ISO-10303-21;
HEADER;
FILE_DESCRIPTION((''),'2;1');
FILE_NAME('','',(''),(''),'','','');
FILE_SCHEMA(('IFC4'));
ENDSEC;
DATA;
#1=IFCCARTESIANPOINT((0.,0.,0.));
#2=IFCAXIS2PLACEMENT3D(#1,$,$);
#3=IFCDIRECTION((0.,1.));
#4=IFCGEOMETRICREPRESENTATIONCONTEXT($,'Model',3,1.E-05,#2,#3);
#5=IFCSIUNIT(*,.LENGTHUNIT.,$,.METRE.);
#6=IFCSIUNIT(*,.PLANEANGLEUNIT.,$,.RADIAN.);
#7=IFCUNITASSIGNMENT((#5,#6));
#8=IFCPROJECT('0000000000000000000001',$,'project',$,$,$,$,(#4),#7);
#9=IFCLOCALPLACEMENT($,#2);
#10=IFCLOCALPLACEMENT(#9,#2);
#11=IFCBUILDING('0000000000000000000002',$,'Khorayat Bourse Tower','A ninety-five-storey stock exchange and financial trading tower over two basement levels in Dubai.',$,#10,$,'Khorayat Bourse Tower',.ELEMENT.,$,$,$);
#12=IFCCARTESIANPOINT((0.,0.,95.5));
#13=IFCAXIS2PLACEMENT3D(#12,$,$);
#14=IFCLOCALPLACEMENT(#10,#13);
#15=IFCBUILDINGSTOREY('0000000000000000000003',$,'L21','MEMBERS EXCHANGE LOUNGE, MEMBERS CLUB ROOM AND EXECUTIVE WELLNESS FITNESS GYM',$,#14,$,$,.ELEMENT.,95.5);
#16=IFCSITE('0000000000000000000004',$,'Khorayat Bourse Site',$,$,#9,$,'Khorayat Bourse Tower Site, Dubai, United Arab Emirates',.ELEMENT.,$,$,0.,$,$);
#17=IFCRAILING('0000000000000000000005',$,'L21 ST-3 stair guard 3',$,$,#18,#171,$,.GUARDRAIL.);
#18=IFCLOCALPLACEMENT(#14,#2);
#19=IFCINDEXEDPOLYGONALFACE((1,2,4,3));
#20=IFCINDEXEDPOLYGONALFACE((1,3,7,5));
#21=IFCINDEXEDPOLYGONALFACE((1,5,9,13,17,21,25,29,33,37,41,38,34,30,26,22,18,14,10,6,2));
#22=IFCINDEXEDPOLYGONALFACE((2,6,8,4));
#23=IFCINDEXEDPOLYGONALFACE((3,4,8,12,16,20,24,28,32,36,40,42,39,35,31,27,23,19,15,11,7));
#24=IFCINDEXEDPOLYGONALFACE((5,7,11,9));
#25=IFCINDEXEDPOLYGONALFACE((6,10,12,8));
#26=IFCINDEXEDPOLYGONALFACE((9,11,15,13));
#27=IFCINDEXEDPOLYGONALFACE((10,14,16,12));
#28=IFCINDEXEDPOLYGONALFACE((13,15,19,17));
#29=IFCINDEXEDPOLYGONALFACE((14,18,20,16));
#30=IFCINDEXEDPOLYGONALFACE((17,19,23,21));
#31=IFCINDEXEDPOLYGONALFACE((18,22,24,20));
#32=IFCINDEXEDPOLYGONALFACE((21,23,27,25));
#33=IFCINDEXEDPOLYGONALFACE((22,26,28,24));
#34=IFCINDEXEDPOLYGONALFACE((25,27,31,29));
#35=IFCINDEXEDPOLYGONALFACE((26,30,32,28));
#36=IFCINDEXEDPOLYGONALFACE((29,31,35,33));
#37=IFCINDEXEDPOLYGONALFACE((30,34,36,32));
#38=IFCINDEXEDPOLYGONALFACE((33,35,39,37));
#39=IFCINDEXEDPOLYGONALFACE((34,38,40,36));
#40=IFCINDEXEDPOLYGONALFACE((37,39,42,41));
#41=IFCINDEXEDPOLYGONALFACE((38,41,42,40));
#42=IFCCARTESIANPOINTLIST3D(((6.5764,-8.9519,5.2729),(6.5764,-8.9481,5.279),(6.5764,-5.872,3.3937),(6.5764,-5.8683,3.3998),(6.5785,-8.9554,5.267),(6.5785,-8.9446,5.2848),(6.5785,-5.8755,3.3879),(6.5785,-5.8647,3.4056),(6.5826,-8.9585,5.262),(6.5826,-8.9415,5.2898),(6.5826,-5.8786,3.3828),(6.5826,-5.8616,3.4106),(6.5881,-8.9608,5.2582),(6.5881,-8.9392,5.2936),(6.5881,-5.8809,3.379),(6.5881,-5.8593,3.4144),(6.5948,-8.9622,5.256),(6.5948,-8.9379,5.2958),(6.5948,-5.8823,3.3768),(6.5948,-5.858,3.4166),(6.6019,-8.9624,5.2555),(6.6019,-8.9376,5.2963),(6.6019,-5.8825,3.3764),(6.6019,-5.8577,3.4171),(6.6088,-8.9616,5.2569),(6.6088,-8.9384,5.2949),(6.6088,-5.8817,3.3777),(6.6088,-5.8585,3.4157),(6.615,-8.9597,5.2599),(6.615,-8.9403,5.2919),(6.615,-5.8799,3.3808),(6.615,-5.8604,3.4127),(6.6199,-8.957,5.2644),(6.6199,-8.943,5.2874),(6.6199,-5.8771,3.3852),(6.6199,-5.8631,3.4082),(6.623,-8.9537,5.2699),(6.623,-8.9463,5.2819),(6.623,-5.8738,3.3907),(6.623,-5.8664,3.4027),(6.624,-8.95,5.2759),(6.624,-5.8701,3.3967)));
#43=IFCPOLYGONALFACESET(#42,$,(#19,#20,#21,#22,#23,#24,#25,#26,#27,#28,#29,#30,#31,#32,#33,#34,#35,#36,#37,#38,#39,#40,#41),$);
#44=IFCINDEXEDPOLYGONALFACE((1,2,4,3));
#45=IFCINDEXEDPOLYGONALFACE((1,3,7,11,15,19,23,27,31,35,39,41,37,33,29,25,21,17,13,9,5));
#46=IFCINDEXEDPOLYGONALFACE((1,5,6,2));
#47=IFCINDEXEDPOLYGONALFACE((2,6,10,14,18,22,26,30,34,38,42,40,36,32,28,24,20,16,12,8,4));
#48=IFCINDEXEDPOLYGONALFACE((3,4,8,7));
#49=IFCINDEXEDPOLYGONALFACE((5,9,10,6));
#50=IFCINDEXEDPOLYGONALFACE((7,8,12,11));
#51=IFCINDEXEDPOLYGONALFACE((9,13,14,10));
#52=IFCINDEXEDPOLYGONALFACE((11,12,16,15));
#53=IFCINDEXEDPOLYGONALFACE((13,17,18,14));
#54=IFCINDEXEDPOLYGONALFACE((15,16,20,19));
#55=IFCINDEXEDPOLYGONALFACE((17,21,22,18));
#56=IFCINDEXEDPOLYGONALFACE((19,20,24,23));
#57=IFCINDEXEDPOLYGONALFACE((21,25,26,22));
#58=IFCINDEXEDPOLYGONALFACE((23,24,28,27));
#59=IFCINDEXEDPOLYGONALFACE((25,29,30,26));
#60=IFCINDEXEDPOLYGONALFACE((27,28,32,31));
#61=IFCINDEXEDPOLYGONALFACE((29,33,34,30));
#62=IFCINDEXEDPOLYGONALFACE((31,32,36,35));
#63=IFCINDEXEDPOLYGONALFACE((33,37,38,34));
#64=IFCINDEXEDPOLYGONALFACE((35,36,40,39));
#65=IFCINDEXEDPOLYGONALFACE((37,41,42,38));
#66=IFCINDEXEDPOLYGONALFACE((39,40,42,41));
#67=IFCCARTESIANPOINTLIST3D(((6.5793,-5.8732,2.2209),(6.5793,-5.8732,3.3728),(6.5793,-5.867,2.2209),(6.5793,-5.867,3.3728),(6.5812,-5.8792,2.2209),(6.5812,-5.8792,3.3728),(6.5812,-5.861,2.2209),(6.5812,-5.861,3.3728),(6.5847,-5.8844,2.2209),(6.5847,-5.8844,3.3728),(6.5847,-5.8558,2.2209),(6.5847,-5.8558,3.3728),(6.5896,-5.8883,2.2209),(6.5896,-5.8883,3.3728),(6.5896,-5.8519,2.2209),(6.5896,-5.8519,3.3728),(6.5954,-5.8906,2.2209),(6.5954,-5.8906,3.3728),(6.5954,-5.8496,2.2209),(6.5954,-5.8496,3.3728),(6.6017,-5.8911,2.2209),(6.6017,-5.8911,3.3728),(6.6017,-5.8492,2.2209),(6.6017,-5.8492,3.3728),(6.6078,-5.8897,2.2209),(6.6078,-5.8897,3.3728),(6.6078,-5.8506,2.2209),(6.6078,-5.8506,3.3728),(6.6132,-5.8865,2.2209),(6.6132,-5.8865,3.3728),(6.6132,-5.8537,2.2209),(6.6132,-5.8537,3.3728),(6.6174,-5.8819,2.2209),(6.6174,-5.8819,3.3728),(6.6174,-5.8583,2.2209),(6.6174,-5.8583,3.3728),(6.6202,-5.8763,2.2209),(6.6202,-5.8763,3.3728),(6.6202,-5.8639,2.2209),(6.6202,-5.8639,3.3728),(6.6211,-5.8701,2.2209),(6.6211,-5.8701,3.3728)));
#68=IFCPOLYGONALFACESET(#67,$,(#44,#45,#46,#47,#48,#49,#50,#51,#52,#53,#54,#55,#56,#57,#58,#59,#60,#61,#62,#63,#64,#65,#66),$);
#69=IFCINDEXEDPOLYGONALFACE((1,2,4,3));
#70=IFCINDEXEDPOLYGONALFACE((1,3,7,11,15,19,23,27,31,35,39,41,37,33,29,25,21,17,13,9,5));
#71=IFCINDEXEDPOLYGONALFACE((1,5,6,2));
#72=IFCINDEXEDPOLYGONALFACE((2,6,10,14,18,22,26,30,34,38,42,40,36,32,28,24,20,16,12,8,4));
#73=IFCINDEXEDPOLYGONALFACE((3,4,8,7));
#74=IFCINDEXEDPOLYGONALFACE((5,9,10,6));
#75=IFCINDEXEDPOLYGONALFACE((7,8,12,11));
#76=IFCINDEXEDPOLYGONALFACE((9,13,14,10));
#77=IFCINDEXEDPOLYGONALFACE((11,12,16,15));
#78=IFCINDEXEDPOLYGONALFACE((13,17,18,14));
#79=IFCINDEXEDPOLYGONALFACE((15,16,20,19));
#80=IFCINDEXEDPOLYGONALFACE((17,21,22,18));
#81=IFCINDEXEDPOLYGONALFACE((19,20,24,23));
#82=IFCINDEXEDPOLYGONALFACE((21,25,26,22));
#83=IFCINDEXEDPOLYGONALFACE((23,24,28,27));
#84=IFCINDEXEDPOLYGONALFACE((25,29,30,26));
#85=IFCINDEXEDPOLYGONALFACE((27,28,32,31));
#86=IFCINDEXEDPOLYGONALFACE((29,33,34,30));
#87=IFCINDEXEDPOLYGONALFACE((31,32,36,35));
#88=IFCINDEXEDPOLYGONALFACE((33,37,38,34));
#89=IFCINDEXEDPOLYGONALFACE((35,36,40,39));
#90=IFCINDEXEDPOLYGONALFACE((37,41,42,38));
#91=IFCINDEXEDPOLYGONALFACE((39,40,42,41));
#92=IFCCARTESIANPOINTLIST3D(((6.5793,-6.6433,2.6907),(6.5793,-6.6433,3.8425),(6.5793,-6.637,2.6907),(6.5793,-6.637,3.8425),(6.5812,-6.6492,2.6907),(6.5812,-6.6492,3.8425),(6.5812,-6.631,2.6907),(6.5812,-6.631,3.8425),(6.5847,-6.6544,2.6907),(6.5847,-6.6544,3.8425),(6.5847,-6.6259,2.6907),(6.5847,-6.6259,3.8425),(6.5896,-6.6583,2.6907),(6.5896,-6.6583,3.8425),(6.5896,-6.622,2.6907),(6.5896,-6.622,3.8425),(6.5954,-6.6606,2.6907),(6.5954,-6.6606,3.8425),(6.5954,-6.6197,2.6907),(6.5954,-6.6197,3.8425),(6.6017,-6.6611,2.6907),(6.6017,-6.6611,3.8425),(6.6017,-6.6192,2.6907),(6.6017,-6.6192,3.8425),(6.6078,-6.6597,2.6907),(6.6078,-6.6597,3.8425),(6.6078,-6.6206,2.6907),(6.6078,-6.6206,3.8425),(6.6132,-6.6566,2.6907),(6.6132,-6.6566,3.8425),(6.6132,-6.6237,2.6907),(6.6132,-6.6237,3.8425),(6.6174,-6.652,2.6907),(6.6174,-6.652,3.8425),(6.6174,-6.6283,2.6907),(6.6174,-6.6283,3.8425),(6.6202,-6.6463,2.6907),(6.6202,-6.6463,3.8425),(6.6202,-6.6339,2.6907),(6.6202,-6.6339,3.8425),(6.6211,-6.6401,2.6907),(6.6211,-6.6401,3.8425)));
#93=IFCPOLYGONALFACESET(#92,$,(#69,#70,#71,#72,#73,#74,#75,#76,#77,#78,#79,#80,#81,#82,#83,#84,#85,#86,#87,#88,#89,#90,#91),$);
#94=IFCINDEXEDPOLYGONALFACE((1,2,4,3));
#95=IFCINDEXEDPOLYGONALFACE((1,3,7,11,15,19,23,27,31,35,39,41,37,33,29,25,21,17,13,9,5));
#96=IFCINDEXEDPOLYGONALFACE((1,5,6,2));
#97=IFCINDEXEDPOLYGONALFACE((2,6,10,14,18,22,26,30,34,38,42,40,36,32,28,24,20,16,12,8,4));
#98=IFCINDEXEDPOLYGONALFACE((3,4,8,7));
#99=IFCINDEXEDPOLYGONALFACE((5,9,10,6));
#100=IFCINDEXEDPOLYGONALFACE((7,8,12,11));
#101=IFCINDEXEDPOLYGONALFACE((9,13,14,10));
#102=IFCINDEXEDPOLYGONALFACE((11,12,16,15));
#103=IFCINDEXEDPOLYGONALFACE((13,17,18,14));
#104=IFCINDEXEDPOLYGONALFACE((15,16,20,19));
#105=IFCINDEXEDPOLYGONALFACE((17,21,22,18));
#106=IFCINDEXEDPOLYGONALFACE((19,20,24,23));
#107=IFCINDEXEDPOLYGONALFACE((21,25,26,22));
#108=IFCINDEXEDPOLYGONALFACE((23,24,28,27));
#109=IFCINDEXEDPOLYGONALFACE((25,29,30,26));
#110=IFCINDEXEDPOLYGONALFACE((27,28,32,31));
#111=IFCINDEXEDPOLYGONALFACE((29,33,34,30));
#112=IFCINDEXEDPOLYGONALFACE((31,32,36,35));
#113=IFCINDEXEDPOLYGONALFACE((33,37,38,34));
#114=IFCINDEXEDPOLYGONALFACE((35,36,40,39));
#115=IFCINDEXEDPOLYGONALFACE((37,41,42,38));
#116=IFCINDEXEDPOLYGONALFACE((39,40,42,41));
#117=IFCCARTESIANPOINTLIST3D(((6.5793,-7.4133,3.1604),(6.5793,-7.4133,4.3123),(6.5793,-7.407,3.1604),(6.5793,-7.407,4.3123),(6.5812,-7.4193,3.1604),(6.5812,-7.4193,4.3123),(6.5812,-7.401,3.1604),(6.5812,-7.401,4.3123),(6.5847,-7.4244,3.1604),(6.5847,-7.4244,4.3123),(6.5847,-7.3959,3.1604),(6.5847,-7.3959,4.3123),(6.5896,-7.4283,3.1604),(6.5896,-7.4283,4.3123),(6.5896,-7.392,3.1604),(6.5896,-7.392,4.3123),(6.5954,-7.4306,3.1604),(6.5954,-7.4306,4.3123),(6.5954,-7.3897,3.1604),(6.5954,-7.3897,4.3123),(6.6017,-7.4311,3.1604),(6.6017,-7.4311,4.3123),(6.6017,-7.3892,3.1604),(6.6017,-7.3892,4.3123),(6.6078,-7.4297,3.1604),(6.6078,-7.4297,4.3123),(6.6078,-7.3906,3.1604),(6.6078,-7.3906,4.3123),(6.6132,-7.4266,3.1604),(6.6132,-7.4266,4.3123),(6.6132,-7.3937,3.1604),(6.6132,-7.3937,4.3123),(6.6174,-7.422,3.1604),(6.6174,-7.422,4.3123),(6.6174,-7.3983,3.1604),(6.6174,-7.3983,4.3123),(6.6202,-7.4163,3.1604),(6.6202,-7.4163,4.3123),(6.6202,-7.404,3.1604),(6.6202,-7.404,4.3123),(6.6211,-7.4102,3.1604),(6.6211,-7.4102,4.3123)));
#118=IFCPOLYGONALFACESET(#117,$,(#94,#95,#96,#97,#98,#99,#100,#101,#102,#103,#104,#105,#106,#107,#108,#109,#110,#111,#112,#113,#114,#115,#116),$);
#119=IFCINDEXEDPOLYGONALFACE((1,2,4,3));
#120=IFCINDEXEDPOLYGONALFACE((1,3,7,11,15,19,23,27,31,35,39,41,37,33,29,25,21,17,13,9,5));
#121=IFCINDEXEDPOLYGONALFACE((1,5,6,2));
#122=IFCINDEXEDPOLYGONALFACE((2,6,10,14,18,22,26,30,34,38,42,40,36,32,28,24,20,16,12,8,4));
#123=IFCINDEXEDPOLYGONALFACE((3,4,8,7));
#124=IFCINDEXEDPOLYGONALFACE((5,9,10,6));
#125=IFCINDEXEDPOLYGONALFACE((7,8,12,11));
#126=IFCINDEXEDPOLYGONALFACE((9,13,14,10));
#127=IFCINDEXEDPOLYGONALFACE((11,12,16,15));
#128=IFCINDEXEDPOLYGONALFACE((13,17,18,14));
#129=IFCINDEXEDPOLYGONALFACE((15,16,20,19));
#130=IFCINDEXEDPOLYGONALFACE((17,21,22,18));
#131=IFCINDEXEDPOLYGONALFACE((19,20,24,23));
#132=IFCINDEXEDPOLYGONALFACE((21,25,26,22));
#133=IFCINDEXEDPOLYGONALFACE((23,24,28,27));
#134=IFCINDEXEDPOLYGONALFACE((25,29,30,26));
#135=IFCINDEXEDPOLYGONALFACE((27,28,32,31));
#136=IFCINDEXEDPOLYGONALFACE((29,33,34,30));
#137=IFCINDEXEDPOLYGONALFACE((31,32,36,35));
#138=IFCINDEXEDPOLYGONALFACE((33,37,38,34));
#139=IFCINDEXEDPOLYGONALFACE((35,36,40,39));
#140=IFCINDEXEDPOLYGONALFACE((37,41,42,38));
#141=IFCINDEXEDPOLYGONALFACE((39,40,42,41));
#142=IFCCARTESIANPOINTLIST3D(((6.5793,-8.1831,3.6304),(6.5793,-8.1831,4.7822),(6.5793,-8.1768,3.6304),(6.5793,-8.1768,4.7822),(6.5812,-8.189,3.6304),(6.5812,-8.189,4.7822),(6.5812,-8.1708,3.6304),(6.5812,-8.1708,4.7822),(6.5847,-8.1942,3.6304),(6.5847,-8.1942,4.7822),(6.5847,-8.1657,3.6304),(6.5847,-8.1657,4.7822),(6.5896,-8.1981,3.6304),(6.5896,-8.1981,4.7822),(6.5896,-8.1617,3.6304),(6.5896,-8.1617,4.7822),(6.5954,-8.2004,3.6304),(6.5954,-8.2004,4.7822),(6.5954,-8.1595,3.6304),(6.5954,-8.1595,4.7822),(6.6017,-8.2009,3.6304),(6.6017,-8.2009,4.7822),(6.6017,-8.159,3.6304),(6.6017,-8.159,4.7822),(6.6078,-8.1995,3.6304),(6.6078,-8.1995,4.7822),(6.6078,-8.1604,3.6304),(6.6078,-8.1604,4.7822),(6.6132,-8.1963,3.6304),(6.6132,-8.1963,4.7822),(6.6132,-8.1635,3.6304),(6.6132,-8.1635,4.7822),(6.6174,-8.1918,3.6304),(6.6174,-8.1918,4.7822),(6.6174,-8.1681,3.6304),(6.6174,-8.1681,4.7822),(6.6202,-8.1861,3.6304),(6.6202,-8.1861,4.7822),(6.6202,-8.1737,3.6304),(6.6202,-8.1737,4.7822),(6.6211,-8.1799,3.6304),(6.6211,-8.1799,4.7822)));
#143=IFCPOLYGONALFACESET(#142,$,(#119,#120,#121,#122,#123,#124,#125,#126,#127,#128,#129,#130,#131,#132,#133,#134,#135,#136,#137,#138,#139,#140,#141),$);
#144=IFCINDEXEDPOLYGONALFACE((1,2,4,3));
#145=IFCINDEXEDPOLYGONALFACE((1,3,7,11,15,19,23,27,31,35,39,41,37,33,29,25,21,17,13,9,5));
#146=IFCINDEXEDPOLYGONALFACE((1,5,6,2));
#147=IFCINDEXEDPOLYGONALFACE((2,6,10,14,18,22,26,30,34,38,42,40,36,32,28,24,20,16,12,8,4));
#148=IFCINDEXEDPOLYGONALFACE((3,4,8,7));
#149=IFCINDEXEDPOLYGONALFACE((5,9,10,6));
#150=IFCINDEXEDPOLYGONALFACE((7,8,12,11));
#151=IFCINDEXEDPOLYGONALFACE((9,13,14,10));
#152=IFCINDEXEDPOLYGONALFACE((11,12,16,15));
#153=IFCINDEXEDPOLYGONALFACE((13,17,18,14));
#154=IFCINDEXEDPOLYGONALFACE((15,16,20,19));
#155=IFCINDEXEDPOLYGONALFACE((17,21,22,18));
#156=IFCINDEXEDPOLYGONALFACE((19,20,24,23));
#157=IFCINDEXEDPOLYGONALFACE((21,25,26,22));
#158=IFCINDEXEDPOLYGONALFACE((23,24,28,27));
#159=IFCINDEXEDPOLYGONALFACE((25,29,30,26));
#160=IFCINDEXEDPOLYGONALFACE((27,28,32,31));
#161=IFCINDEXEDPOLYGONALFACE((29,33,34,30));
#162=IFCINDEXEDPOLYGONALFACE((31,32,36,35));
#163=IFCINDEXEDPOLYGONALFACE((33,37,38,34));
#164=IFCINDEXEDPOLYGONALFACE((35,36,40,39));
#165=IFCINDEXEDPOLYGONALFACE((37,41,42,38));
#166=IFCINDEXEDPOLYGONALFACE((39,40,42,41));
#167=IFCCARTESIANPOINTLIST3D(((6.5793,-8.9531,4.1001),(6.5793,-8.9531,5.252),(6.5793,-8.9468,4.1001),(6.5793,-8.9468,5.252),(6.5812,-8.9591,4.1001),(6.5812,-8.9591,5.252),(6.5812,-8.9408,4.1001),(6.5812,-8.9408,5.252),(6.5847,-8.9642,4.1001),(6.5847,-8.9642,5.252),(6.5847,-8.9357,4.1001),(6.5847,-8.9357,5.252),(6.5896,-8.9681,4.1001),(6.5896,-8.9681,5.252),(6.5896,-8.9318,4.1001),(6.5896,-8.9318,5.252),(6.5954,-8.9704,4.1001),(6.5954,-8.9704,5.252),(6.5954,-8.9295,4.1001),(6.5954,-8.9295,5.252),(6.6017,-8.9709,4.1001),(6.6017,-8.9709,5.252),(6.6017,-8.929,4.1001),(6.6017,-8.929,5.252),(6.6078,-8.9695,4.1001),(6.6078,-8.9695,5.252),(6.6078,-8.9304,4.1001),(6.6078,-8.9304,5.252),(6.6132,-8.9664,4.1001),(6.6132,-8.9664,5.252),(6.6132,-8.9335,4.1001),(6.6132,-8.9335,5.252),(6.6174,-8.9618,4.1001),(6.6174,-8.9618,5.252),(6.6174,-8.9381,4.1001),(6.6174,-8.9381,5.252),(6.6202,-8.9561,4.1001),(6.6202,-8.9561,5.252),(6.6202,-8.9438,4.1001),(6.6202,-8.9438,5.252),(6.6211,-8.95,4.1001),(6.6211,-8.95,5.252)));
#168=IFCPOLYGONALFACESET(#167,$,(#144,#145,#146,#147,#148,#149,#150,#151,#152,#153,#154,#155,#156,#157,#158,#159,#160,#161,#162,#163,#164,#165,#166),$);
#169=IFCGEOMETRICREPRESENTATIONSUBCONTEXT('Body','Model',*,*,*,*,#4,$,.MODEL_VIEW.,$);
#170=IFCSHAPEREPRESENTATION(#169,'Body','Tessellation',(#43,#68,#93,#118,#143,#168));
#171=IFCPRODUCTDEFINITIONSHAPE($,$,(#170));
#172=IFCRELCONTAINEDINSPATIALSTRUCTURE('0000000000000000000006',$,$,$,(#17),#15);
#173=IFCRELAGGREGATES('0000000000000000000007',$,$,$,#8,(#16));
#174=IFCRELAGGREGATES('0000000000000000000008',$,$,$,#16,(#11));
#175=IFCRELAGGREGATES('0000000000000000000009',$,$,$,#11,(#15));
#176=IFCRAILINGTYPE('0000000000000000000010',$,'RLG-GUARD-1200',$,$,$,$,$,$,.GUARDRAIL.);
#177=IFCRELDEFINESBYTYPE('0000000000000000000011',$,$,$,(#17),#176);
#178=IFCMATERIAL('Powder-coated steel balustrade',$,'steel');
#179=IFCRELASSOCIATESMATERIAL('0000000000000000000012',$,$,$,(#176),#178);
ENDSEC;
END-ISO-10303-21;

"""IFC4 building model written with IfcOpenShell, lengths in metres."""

from ifc_helpers import new_model, si_unit, direction, frame, origin, origin_2d, place, context, subcontext, project, spatial, circle, extrude, source, transform, mapped, material, type_object, element, save


model = new_model("IFC4")

# Units and contexts
model_context = context("Model", 3, precision=1e-05, world=origin(), true_north=direction((0.0, 1.0)))
body_context = subcontext(model_context, "Body", "Model", "MODEL_VIEW")
ifc_project = project(units=[si_unit("LENGTHUNIT", "METRE"), si_unit("PLANEANGLEUNIT", "RADIAN")], contexts=[model_context])

# Site, building, storey
site_placement = place(None, origin())
site = spatial("IfcSite", under=ifc_project, at=site_placement, Name="Khorayat Bourse Site", LongName="Khorayat Bourse Tower Site, Dubai, United Arab Emirates", CompositionType="ELEMENT", RefElevation=0.0)
building_placement = place(site_placement, origin())
building = spatial("IfcBuilding", under=site, at=building_placement, Name="Khorayat Bourse Tower", Description="A ninety-five-storey stock exchange and financial trading tower over two basement levels in Dubai.", LongName="Khorayat Bourse Tower", CompositionType="ELEMENT")
storey_placement = place(building_placement, frame((0.0, 0.0, 95.5)))
storey = spatial("IfcBuildingStorey", under=building, at=storey_placement, Name="L21", Description="MEMBERS EXCHANGE LOUNGE, MEMBERS CLUB ROOM AND EXECUTIVE WELLNESS FITNESS GYM", CompositionType="ELEMENT", Elevation=95.5)

# Railing
ifc_material_1 = material(Name="Powder-coated steel balustrade", Category="steel")
railing_type_1 = type_object("IfcRailingType", Name="RLG-GUARD-1200", PredefinedType="GUARDRAIL", material=ifc_material_1)
shared_shape_1 = source(origin(), body_context, "Body", "SweptSolid", [
    extrude(circle(Radius=0.0239, at=origin_2d()), frame((0.0, 0.0, 1.1758), z_axis=(0.0, -0.853648, 0.52085), x_axis=(1.0, 0.0, 0.0)), (0.0, 0.0, 1.0), 3.6079),
    extrude(circle(Radius=0.021, at=origin_2d()), origin(), (0.0, 0.0, 1.0), 1.1519),
    extrude(circle(Radius=0.021, at=origin_2d()), frame((0.0, -0.77, 0.4697)), (0.0, 0.0, 1.0), 1.1519),
    extrude(circle(Radius=0.021, at=origin_2d()), frame((0.0, -1.54, 0.9395)), (0.0, 0.0, 1.0), 1.1519),
    extrude(circle(Radius=0.021, at=origin_2d()), frame((0.0, -2.3098, 1.4094)), (0.0, 0.0, 1.0), 1.1519),
    extrude(circle(Radius=0.021, at=origin_2d()), frame((0.0, -3.0798, 1.8792)), (0.0, 0.0, 1.0), 1.1519),
])
railing_1_placement = place(storey_placement, frame((6.6001, -5.8701, 2.2209)))
element("IfcRailing", 1, at=railing_1_placement, inside=storey, type_object=railing_type_1, Name="L21 ST-3 stair guard 3", PredefinedType="GUARDRAIL", context=body_context, shape_type="MappedRepresentation", body=[
    mapped(shared_shape_1, transform((0.0, 0.0, 0.0), scale=1.0)),
])

save(model, "model.ifc")
